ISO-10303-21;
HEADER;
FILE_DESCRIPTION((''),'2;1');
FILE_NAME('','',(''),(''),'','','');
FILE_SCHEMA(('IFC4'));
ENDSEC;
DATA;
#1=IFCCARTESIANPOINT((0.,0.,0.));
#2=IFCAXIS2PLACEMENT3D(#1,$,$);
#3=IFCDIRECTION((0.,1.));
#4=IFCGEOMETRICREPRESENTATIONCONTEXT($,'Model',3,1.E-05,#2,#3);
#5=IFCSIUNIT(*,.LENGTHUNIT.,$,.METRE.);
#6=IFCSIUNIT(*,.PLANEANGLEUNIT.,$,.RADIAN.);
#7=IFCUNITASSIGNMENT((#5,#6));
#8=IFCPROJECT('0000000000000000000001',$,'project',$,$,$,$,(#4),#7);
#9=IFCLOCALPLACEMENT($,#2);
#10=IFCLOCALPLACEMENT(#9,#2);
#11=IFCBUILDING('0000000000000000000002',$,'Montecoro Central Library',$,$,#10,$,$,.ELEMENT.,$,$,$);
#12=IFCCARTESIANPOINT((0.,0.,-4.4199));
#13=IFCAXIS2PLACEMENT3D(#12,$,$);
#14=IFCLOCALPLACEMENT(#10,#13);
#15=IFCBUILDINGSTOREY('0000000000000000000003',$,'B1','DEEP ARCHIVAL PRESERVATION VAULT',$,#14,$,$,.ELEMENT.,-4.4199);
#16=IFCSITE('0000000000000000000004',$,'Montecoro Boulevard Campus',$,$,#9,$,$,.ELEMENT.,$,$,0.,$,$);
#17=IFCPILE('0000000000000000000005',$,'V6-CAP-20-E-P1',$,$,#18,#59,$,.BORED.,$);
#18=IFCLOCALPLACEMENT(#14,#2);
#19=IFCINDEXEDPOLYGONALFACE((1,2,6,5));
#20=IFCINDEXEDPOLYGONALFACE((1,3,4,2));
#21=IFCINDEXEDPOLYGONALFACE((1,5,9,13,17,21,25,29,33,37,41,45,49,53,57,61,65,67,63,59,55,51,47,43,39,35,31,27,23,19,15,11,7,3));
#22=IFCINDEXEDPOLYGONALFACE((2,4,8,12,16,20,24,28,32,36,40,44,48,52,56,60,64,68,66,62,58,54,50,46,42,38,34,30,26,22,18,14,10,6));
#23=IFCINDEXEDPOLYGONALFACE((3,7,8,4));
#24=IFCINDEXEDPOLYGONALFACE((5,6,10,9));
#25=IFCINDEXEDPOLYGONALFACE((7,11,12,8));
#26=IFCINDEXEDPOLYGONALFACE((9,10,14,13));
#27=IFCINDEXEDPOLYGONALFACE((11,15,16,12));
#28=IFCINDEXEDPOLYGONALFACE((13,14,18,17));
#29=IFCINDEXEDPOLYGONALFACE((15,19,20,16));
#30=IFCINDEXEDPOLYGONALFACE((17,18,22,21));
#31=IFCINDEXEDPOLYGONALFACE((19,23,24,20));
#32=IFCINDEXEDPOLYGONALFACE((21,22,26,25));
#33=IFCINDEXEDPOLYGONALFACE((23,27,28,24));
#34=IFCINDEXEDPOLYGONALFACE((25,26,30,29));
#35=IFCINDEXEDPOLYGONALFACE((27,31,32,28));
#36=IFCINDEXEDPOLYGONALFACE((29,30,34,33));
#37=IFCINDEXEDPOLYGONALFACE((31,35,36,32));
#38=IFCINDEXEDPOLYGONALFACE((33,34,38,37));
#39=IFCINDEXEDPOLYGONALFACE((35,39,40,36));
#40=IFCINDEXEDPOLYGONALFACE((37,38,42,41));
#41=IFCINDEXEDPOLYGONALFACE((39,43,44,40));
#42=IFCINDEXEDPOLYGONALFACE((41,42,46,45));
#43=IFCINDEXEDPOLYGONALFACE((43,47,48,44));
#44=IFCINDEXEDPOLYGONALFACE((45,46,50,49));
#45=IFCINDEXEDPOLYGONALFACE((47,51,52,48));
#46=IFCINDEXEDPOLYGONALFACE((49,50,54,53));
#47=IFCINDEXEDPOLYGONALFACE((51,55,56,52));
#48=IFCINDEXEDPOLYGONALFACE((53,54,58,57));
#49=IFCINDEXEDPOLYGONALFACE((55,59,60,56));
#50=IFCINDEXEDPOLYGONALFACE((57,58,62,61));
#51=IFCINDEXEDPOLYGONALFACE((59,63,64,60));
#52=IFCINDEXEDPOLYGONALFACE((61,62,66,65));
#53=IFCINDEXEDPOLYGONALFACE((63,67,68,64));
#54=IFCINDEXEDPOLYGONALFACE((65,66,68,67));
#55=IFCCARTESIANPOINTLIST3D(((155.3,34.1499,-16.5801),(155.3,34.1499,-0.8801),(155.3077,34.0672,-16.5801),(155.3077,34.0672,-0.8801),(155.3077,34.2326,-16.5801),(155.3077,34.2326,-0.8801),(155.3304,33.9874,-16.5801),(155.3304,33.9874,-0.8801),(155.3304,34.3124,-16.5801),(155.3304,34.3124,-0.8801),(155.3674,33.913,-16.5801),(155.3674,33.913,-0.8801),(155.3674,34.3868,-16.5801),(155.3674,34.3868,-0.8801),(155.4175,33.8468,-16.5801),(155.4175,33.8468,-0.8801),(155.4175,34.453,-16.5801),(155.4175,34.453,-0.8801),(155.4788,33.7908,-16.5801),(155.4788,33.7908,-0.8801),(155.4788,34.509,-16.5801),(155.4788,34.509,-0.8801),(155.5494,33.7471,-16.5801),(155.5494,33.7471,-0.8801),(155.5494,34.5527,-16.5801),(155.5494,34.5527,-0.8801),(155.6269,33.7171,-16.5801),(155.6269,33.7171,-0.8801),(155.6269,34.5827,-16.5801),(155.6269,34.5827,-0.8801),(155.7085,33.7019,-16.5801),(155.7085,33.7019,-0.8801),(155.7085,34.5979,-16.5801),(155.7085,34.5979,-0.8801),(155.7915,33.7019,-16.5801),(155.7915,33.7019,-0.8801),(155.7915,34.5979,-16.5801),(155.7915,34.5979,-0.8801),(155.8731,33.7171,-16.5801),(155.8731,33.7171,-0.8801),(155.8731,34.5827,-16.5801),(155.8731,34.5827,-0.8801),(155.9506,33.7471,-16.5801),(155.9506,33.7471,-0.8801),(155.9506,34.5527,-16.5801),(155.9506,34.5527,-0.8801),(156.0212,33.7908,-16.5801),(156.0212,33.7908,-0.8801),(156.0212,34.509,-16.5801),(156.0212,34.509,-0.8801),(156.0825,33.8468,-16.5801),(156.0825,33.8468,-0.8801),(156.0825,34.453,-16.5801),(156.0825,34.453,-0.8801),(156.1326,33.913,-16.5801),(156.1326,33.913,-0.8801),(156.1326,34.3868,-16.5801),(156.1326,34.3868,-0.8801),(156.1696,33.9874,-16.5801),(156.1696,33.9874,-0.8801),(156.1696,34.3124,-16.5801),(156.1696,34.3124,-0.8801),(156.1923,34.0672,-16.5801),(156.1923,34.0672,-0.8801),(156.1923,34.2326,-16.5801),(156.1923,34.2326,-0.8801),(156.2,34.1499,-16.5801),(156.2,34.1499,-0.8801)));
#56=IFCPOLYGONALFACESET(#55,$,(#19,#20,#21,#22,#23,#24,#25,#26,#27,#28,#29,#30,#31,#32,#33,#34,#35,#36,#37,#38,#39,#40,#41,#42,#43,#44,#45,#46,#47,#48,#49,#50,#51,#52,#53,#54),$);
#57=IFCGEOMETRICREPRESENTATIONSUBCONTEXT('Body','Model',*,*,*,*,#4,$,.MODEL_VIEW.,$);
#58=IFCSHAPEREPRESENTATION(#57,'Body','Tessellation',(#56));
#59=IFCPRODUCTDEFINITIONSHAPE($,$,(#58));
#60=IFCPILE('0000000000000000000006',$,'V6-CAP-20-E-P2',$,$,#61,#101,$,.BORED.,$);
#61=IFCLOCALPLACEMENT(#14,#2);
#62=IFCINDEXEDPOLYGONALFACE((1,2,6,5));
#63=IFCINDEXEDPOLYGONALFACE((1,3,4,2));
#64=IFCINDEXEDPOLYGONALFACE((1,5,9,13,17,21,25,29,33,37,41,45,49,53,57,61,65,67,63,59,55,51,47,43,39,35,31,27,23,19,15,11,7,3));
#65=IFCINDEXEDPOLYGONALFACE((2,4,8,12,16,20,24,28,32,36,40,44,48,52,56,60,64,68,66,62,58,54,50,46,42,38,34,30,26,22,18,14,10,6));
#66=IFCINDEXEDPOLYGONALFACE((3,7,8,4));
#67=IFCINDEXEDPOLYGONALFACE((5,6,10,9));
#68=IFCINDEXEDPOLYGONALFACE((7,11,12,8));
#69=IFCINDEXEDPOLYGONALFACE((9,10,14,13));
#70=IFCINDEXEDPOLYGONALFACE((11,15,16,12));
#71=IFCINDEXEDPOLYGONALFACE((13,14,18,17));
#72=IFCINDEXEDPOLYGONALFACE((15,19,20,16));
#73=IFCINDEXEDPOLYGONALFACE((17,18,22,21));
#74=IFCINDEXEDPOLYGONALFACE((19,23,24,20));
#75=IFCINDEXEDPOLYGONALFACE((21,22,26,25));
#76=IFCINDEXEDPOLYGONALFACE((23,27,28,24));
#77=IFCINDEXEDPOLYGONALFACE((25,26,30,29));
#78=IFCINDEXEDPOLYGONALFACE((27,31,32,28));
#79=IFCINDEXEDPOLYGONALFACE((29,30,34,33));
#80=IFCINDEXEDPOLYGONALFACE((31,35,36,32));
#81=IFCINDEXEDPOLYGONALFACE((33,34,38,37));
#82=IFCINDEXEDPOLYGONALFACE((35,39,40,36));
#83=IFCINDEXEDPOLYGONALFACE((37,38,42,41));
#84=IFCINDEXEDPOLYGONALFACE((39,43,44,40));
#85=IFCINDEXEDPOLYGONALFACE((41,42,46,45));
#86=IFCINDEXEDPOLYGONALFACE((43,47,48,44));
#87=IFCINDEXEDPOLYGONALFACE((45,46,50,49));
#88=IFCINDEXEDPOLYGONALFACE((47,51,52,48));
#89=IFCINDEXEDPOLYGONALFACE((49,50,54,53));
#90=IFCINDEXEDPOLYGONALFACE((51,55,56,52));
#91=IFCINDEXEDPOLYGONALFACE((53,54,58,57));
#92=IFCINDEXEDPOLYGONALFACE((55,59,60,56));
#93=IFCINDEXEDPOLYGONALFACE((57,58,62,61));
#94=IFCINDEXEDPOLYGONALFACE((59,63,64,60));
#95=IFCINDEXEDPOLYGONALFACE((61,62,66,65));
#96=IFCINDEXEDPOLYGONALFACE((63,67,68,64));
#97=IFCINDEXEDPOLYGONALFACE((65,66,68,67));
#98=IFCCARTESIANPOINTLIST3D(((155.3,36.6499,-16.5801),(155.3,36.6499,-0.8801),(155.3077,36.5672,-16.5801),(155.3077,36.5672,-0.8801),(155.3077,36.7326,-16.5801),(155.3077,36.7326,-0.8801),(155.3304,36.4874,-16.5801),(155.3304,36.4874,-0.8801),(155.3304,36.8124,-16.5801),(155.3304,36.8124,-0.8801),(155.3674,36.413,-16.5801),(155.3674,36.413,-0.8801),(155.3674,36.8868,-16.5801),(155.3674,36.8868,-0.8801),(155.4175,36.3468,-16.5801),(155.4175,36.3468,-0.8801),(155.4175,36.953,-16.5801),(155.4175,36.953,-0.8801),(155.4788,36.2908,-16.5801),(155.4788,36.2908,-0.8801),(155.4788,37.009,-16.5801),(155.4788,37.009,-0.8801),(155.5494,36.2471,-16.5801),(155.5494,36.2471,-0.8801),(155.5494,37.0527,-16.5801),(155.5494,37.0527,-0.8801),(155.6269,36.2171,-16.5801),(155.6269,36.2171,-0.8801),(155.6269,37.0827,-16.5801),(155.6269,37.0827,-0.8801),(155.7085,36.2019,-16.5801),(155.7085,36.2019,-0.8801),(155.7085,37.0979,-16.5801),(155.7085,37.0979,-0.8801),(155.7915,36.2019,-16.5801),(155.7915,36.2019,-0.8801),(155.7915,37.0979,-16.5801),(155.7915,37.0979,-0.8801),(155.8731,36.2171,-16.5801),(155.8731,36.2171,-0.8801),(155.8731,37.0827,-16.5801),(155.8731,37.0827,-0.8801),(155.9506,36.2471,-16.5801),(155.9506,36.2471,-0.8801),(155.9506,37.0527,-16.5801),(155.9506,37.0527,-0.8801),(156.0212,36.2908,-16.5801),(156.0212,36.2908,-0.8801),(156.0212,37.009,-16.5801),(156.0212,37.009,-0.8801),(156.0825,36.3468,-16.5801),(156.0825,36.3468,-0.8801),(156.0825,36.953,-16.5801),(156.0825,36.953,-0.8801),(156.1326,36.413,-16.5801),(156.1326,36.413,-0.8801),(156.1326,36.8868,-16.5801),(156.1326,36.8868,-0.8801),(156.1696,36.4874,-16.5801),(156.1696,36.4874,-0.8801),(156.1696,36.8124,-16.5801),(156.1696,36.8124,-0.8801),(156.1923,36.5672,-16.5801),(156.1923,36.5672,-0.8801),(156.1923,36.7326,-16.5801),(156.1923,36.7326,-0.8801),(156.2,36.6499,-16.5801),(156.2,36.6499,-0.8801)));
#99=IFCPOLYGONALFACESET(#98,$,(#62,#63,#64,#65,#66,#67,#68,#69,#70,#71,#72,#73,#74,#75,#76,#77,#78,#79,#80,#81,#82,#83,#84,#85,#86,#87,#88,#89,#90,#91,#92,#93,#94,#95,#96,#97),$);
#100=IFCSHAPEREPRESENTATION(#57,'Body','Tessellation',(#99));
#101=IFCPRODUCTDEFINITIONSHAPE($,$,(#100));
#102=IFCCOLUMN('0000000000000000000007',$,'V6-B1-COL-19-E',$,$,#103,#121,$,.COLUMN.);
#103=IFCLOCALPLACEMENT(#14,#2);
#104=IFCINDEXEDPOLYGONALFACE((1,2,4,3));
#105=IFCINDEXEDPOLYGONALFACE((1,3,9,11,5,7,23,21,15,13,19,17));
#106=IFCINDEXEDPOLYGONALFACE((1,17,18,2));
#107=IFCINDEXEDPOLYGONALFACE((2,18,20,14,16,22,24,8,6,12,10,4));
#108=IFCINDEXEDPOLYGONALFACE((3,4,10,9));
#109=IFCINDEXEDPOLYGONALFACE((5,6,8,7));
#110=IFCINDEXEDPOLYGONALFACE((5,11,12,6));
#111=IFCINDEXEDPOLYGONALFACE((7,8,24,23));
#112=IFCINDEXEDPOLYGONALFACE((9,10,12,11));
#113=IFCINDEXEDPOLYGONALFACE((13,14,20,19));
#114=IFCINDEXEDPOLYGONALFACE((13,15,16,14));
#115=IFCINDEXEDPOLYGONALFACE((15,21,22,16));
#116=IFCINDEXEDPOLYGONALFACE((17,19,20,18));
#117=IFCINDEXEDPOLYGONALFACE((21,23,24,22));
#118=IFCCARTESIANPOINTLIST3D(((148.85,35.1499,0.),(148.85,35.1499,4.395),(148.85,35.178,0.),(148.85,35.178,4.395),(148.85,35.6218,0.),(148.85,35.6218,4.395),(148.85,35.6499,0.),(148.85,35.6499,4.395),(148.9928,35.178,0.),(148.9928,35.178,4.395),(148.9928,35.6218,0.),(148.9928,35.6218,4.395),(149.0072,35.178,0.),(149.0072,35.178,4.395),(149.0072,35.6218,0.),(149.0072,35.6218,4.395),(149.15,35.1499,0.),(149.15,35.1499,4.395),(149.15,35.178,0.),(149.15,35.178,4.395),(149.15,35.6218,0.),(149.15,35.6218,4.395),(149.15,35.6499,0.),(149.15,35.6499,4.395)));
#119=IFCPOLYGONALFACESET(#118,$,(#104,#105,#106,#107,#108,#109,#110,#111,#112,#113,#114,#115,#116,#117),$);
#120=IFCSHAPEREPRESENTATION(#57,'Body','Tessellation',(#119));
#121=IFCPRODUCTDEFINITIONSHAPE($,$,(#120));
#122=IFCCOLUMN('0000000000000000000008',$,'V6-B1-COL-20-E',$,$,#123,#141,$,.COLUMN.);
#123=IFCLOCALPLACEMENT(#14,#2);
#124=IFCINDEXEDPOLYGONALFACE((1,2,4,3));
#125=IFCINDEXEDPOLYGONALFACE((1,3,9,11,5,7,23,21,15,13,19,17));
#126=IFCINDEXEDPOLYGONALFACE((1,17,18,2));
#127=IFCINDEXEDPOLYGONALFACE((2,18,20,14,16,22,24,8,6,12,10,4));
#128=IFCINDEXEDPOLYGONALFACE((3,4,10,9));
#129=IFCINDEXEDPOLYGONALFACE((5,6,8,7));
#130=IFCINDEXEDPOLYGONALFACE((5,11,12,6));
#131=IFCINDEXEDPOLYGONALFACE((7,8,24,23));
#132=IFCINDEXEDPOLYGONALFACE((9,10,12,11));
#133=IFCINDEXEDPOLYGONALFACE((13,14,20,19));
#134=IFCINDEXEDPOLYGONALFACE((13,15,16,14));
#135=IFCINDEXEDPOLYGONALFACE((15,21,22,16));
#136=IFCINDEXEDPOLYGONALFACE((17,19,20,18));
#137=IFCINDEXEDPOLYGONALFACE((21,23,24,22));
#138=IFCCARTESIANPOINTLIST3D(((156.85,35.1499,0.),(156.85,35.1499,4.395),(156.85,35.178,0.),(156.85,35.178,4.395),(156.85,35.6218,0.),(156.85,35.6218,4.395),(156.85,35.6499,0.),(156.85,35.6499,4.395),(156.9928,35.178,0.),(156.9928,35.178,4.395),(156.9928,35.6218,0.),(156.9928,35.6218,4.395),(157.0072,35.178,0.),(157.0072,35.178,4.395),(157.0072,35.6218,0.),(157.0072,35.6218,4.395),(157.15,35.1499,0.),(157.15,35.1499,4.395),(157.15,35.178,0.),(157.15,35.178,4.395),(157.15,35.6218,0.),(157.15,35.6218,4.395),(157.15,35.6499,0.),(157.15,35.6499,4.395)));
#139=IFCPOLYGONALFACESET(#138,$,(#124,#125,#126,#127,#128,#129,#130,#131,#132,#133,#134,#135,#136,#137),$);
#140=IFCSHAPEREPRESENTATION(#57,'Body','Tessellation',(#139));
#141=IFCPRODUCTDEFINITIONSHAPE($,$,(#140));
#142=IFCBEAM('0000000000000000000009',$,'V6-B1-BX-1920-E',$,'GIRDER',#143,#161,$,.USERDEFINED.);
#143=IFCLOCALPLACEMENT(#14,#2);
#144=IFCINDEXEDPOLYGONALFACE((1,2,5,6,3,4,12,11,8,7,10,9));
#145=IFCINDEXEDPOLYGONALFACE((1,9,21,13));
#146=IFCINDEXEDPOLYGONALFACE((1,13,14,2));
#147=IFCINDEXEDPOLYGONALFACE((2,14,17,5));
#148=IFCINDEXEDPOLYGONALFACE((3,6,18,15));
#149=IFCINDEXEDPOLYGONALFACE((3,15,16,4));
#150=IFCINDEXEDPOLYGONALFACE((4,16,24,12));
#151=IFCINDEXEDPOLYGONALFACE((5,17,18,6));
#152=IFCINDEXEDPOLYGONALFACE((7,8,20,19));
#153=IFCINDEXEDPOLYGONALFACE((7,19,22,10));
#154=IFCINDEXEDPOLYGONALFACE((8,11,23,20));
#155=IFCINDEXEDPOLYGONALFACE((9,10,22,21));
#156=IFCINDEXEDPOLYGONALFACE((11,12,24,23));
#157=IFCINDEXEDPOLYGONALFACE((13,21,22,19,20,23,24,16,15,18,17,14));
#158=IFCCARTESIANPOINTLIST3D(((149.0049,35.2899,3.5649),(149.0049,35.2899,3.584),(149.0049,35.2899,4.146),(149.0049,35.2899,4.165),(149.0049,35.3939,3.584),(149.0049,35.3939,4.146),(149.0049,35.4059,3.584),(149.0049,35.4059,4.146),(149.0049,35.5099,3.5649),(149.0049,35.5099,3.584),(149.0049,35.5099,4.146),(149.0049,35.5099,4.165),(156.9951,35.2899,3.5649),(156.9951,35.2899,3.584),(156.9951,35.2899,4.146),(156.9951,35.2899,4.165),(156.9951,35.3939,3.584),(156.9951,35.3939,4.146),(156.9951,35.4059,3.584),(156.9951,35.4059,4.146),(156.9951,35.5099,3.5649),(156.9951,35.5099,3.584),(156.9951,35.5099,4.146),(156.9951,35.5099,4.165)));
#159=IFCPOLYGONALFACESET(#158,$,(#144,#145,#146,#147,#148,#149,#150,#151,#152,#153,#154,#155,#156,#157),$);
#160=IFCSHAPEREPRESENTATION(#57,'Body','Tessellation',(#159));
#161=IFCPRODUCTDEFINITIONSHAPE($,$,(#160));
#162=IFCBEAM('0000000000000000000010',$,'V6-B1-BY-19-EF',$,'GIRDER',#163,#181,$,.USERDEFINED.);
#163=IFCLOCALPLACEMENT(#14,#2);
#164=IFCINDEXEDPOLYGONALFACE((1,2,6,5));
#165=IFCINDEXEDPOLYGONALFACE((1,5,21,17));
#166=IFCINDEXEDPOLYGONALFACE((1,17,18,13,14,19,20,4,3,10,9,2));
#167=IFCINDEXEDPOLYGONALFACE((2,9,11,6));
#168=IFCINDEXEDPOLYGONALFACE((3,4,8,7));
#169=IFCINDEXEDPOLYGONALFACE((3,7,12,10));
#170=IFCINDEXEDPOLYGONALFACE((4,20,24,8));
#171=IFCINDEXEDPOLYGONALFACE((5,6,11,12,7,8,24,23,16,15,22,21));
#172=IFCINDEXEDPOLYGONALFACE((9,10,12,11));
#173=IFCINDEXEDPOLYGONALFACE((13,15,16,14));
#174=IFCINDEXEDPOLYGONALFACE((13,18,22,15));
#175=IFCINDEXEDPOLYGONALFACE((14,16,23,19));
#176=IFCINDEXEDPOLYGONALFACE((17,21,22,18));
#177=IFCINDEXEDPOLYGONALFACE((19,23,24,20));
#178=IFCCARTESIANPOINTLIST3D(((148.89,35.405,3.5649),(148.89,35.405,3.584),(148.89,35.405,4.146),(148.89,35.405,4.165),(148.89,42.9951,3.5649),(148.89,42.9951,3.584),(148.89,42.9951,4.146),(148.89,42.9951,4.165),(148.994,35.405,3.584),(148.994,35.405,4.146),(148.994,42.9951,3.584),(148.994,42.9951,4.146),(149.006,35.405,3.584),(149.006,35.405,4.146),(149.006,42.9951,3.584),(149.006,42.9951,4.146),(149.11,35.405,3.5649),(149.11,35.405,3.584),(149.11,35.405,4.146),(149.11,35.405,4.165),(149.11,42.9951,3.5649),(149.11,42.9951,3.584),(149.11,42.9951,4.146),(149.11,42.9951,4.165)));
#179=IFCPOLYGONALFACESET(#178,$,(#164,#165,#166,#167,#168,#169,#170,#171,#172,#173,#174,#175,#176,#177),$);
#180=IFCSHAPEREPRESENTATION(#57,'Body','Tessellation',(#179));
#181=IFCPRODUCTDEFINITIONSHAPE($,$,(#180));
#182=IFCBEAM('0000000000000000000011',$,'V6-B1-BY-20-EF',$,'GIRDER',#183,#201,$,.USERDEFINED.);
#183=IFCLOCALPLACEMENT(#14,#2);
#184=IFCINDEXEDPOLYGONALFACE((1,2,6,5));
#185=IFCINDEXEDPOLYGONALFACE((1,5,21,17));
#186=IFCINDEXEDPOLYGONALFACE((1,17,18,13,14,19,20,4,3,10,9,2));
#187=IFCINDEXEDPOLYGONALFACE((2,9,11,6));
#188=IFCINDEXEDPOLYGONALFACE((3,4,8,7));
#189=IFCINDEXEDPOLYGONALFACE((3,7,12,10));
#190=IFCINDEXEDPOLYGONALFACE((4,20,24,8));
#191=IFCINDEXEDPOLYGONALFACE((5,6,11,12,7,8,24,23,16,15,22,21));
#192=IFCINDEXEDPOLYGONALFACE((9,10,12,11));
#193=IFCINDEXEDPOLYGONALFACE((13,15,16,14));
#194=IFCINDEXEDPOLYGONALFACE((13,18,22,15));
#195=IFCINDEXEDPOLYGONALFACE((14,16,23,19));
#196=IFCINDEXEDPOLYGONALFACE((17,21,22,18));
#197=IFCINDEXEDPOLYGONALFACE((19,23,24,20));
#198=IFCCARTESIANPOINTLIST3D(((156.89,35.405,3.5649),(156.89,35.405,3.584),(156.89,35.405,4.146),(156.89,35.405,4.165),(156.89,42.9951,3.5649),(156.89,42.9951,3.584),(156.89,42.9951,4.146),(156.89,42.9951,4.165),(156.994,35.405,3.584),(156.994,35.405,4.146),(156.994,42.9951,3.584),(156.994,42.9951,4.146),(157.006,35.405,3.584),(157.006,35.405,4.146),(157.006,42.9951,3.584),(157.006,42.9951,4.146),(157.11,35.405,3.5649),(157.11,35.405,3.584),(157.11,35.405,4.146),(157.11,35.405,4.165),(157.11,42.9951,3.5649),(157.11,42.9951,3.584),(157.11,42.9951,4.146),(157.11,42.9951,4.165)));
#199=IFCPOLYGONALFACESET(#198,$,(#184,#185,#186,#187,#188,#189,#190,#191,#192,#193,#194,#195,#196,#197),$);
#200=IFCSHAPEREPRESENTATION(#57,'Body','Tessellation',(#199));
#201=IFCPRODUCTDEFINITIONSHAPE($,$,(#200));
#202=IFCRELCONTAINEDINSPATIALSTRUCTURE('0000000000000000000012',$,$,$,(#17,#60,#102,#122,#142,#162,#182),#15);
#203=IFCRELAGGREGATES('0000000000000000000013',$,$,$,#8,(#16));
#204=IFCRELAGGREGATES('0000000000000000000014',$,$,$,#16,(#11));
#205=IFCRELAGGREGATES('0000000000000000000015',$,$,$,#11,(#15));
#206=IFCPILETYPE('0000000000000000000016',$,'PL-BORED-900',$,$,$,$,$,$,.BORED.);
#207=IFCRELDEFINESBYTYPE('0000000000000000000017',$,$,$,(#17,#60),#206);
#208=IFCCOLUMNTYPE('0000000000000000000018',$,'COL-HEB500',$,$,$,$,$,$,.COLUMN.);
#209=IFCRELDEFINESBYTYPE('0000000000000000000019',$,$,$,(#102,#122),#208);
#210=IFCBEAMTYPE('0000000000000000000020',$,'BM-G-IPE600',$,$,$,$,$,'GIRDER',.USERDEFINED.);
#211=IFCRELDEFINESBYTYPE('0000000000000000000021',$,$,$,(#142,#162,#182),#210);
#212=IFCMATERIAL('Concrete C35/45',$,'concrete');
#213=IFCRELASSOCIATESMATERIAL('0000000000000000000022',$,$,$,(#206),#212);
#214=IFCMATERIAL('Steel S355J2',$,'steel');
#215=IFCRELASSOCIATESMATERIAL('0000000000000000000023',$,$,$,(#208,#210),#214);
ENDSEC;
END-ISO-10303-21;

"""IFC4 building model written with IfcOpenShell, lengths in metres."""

from ifc_helpers import new_model, si_unit, direction, frame, origin, origin_2d, place, context, subcontext, project, spatial, circle, i_section, extrude, material, material_profile, profile_set, type_object, element, save


model = new_model("IFC4")

# Units and contexts
model_context = context("Model", 3, precision=1e-05, world=origin(), true_north=direction((0.0, 1.0)))
body_context = subcontext(model_context, "Body", "Model", "MODEL_VIEW")
ifc_project = project(units=[si_unit("LENGTHUNIT", "METRE"), si_unit("PLANEANGLEUNIT", "RADIAN")], contexts=[model_context])

# Site, building, storey
site_placement = place(None, origin())
site = spatial("IfcSite", under=ifc_project, at=site_placement, Name="Montecoro Boulevard Campus", CompositionType="ELEMENT", RefElevation=0.0)
building_placement = place(site_placement, origin())
building = spatial("IfcBuilding", under=site, at=building_placement, Name="Montecoro Central Library", CompositionType="ELEMENT")
storey_placement = place(building_placement, frame((0.0, 0.0, -4.4199)))
storey = spatial("IfcBuildingStorey", under=building, at=storey_placement, Name="B1", Description="DEEP ARCHIVAL PRESERVATION VAULT", CompositionType="ELEMENT", Elevation=-4.4199)

# Shared definitions
ifc_material_1 = material(Name="Concrete C35/45", Category="concrete")

# Piles
ifc_material_profile_1 = material_profile(ifc_material_1, circle(Radius=0.45, at=origin_2d()), Name="PILE D900")
ifc_profile_set_1 = profile_set([ifc_material_profile_1], Name="Concrete C35/45")
pile_type_1 = type_object("IfcPileType", Name="PL-BORED-900", PredefinedType="BORED", material=ifc_profile_set_1)
for number, where, z_axis, x_axis, name in (
    (1, (155.75, 34.1499, -0.8801), (0.0, 0.0, -1.0), (1.0, 0.0, 0.0), "V6-CAP-20-E-P1"),
    (2, (155.75, 36.6499, -0.8801), (0.0, 0.0, -1.0), (1.0, 0.0, 0.0), "V6-CAP-20-E-P2"),
):
    element("IfcPile", number, at=place(storey_placement, frame(where, z_axis=z_axis, x_axis=x_axis)), inside=storey, type_object=pile_type_1, Name=name, PredefinedType="BORED", context=body_context, shape_type="SweptSolid", body=[
        extrude(circle(Radius=0.45, at=origin_2d()), origin(), (0.0, 0.0, 1.0), 15.7),
    ])

# Columns
ifc_material_2 = material(Name="Steel S355J2", Category="steel")
ifc_material_profile_2 = material_profile(ifc_material_2, i_section(OverallWidth=0.3, OverallDepth=0.5, WebThickness=0.0144, FlangeThickness=0.0281, at=origin_2d()), Name="HEB 500")
ifc_profile_set_2 = profile_set([ifc_material_profile_2], Name="Steel S355J2")
column_type = type_object("IfcColumnType", Name="COL-HEB500", PredefinedType="COLUMN", material=ifc_profile_set_2)
for number, where, z_axis, x_axis, name in (
    (3, (149.0, 35.3999, 0.0), (0.0, 0.0, 1.0), (1.0, 0.0, 0.0), "V6-B1-COL-19-E"),
    (4, (157.0, 35.3999, 0.0), (0.0, 0.0, 1.0), (1.0, 0.0, 0.0), "V6-B1-COL-20-E"),
):
    element("IfcColumn", number, at=place(storey_placement, frame(where, z_axis=z_axis, x_axis=x_axis)), inside=storey, type_object=column_type, Name=name, PredefinedType="COLUMN", context=body_context, shape_type="SweptSolid", body=[
        extrude(i_section(OverallWidth=0.3, OverallDepth=0.5, WebThickness=0.0144, FlangeThickness=0.0281, at=origin_2d()), origin(), (0.0, 0.0, 1.0), 4.395),
    ])

# Beams
ifc_material_profile_3 = material_profile(ifc_material_2, i_section(OverallWidth=0.22, OverallDepth=0.6001, WebThickness=0.012, FlangeThickness=0.019, at=origin_2d()), Name="IPE 600")
ifc_profile_set_3 = profile_set([ifc_material_profile_3], Name="Steel S355J2")
beam_type_1 = type_object("IfcBeamType", Name="BM-G-IPE600", ElementType="GIRDER", PredefinedType="USERDEFINED", material=ifc_profile_set_3)
beam_placement = place(storey_placement, frame((149.0049, 35.3999, 3.865), z_axis=(1.0, 0.0, 0.0), x_axis=(0.0, 1.0, 0.0)))
element("IfcBeam", 5, at=beam_placement, inside=storey, type_object=beam_type_1, Name="V6-B1-BX-1920-E", ObjectType="GIRDER", PredefinedType="USERDEFINED", context=body_context, shape_type="SweptSolid", body=[
    extrude(i_section(OverallWidth=0.22, OverallDepth=0.6001, WebThickness=0.012, FlangeThickness=0.019, at=origin_2d()), origin(), (0.0, 0.0, 1.0), 7.9902),
])
for number, where, z_axis, x_axis, name in (
    (6, (149.0, 35.405, 3.865), (0.0, 1.0, 0.0), (-1.0, 0.0, 0.0), "V6-B1-BY-19-EF"),
    (7, (157.0, 35.405, 3.865), (0.0, 1.0, 0.0), (-1.0, 0.0, 0.0), "V6-B1-BY-20-EF"),
):
    element("IfcBeam", number, at=place(storey_placement, frame(where, z_axis=z_axis, x_axis=x_axis)), inside=storey, type_object=beam_type_1, Name=name, ObjectType="GIRDER", PredefinedType="USERDEFINED", context=body_context, shape_type="SweptSolid", body=[
        extrude(i_section(OverallWidth=0.22, OverallDepth=0.6001, WebThickness=0.012, FlangeThickness=0.019, at=origin_2d()), origin(), (0.0, 0.0, 1.0), 7.5901),
    ])

save(model, "model.ifc")
